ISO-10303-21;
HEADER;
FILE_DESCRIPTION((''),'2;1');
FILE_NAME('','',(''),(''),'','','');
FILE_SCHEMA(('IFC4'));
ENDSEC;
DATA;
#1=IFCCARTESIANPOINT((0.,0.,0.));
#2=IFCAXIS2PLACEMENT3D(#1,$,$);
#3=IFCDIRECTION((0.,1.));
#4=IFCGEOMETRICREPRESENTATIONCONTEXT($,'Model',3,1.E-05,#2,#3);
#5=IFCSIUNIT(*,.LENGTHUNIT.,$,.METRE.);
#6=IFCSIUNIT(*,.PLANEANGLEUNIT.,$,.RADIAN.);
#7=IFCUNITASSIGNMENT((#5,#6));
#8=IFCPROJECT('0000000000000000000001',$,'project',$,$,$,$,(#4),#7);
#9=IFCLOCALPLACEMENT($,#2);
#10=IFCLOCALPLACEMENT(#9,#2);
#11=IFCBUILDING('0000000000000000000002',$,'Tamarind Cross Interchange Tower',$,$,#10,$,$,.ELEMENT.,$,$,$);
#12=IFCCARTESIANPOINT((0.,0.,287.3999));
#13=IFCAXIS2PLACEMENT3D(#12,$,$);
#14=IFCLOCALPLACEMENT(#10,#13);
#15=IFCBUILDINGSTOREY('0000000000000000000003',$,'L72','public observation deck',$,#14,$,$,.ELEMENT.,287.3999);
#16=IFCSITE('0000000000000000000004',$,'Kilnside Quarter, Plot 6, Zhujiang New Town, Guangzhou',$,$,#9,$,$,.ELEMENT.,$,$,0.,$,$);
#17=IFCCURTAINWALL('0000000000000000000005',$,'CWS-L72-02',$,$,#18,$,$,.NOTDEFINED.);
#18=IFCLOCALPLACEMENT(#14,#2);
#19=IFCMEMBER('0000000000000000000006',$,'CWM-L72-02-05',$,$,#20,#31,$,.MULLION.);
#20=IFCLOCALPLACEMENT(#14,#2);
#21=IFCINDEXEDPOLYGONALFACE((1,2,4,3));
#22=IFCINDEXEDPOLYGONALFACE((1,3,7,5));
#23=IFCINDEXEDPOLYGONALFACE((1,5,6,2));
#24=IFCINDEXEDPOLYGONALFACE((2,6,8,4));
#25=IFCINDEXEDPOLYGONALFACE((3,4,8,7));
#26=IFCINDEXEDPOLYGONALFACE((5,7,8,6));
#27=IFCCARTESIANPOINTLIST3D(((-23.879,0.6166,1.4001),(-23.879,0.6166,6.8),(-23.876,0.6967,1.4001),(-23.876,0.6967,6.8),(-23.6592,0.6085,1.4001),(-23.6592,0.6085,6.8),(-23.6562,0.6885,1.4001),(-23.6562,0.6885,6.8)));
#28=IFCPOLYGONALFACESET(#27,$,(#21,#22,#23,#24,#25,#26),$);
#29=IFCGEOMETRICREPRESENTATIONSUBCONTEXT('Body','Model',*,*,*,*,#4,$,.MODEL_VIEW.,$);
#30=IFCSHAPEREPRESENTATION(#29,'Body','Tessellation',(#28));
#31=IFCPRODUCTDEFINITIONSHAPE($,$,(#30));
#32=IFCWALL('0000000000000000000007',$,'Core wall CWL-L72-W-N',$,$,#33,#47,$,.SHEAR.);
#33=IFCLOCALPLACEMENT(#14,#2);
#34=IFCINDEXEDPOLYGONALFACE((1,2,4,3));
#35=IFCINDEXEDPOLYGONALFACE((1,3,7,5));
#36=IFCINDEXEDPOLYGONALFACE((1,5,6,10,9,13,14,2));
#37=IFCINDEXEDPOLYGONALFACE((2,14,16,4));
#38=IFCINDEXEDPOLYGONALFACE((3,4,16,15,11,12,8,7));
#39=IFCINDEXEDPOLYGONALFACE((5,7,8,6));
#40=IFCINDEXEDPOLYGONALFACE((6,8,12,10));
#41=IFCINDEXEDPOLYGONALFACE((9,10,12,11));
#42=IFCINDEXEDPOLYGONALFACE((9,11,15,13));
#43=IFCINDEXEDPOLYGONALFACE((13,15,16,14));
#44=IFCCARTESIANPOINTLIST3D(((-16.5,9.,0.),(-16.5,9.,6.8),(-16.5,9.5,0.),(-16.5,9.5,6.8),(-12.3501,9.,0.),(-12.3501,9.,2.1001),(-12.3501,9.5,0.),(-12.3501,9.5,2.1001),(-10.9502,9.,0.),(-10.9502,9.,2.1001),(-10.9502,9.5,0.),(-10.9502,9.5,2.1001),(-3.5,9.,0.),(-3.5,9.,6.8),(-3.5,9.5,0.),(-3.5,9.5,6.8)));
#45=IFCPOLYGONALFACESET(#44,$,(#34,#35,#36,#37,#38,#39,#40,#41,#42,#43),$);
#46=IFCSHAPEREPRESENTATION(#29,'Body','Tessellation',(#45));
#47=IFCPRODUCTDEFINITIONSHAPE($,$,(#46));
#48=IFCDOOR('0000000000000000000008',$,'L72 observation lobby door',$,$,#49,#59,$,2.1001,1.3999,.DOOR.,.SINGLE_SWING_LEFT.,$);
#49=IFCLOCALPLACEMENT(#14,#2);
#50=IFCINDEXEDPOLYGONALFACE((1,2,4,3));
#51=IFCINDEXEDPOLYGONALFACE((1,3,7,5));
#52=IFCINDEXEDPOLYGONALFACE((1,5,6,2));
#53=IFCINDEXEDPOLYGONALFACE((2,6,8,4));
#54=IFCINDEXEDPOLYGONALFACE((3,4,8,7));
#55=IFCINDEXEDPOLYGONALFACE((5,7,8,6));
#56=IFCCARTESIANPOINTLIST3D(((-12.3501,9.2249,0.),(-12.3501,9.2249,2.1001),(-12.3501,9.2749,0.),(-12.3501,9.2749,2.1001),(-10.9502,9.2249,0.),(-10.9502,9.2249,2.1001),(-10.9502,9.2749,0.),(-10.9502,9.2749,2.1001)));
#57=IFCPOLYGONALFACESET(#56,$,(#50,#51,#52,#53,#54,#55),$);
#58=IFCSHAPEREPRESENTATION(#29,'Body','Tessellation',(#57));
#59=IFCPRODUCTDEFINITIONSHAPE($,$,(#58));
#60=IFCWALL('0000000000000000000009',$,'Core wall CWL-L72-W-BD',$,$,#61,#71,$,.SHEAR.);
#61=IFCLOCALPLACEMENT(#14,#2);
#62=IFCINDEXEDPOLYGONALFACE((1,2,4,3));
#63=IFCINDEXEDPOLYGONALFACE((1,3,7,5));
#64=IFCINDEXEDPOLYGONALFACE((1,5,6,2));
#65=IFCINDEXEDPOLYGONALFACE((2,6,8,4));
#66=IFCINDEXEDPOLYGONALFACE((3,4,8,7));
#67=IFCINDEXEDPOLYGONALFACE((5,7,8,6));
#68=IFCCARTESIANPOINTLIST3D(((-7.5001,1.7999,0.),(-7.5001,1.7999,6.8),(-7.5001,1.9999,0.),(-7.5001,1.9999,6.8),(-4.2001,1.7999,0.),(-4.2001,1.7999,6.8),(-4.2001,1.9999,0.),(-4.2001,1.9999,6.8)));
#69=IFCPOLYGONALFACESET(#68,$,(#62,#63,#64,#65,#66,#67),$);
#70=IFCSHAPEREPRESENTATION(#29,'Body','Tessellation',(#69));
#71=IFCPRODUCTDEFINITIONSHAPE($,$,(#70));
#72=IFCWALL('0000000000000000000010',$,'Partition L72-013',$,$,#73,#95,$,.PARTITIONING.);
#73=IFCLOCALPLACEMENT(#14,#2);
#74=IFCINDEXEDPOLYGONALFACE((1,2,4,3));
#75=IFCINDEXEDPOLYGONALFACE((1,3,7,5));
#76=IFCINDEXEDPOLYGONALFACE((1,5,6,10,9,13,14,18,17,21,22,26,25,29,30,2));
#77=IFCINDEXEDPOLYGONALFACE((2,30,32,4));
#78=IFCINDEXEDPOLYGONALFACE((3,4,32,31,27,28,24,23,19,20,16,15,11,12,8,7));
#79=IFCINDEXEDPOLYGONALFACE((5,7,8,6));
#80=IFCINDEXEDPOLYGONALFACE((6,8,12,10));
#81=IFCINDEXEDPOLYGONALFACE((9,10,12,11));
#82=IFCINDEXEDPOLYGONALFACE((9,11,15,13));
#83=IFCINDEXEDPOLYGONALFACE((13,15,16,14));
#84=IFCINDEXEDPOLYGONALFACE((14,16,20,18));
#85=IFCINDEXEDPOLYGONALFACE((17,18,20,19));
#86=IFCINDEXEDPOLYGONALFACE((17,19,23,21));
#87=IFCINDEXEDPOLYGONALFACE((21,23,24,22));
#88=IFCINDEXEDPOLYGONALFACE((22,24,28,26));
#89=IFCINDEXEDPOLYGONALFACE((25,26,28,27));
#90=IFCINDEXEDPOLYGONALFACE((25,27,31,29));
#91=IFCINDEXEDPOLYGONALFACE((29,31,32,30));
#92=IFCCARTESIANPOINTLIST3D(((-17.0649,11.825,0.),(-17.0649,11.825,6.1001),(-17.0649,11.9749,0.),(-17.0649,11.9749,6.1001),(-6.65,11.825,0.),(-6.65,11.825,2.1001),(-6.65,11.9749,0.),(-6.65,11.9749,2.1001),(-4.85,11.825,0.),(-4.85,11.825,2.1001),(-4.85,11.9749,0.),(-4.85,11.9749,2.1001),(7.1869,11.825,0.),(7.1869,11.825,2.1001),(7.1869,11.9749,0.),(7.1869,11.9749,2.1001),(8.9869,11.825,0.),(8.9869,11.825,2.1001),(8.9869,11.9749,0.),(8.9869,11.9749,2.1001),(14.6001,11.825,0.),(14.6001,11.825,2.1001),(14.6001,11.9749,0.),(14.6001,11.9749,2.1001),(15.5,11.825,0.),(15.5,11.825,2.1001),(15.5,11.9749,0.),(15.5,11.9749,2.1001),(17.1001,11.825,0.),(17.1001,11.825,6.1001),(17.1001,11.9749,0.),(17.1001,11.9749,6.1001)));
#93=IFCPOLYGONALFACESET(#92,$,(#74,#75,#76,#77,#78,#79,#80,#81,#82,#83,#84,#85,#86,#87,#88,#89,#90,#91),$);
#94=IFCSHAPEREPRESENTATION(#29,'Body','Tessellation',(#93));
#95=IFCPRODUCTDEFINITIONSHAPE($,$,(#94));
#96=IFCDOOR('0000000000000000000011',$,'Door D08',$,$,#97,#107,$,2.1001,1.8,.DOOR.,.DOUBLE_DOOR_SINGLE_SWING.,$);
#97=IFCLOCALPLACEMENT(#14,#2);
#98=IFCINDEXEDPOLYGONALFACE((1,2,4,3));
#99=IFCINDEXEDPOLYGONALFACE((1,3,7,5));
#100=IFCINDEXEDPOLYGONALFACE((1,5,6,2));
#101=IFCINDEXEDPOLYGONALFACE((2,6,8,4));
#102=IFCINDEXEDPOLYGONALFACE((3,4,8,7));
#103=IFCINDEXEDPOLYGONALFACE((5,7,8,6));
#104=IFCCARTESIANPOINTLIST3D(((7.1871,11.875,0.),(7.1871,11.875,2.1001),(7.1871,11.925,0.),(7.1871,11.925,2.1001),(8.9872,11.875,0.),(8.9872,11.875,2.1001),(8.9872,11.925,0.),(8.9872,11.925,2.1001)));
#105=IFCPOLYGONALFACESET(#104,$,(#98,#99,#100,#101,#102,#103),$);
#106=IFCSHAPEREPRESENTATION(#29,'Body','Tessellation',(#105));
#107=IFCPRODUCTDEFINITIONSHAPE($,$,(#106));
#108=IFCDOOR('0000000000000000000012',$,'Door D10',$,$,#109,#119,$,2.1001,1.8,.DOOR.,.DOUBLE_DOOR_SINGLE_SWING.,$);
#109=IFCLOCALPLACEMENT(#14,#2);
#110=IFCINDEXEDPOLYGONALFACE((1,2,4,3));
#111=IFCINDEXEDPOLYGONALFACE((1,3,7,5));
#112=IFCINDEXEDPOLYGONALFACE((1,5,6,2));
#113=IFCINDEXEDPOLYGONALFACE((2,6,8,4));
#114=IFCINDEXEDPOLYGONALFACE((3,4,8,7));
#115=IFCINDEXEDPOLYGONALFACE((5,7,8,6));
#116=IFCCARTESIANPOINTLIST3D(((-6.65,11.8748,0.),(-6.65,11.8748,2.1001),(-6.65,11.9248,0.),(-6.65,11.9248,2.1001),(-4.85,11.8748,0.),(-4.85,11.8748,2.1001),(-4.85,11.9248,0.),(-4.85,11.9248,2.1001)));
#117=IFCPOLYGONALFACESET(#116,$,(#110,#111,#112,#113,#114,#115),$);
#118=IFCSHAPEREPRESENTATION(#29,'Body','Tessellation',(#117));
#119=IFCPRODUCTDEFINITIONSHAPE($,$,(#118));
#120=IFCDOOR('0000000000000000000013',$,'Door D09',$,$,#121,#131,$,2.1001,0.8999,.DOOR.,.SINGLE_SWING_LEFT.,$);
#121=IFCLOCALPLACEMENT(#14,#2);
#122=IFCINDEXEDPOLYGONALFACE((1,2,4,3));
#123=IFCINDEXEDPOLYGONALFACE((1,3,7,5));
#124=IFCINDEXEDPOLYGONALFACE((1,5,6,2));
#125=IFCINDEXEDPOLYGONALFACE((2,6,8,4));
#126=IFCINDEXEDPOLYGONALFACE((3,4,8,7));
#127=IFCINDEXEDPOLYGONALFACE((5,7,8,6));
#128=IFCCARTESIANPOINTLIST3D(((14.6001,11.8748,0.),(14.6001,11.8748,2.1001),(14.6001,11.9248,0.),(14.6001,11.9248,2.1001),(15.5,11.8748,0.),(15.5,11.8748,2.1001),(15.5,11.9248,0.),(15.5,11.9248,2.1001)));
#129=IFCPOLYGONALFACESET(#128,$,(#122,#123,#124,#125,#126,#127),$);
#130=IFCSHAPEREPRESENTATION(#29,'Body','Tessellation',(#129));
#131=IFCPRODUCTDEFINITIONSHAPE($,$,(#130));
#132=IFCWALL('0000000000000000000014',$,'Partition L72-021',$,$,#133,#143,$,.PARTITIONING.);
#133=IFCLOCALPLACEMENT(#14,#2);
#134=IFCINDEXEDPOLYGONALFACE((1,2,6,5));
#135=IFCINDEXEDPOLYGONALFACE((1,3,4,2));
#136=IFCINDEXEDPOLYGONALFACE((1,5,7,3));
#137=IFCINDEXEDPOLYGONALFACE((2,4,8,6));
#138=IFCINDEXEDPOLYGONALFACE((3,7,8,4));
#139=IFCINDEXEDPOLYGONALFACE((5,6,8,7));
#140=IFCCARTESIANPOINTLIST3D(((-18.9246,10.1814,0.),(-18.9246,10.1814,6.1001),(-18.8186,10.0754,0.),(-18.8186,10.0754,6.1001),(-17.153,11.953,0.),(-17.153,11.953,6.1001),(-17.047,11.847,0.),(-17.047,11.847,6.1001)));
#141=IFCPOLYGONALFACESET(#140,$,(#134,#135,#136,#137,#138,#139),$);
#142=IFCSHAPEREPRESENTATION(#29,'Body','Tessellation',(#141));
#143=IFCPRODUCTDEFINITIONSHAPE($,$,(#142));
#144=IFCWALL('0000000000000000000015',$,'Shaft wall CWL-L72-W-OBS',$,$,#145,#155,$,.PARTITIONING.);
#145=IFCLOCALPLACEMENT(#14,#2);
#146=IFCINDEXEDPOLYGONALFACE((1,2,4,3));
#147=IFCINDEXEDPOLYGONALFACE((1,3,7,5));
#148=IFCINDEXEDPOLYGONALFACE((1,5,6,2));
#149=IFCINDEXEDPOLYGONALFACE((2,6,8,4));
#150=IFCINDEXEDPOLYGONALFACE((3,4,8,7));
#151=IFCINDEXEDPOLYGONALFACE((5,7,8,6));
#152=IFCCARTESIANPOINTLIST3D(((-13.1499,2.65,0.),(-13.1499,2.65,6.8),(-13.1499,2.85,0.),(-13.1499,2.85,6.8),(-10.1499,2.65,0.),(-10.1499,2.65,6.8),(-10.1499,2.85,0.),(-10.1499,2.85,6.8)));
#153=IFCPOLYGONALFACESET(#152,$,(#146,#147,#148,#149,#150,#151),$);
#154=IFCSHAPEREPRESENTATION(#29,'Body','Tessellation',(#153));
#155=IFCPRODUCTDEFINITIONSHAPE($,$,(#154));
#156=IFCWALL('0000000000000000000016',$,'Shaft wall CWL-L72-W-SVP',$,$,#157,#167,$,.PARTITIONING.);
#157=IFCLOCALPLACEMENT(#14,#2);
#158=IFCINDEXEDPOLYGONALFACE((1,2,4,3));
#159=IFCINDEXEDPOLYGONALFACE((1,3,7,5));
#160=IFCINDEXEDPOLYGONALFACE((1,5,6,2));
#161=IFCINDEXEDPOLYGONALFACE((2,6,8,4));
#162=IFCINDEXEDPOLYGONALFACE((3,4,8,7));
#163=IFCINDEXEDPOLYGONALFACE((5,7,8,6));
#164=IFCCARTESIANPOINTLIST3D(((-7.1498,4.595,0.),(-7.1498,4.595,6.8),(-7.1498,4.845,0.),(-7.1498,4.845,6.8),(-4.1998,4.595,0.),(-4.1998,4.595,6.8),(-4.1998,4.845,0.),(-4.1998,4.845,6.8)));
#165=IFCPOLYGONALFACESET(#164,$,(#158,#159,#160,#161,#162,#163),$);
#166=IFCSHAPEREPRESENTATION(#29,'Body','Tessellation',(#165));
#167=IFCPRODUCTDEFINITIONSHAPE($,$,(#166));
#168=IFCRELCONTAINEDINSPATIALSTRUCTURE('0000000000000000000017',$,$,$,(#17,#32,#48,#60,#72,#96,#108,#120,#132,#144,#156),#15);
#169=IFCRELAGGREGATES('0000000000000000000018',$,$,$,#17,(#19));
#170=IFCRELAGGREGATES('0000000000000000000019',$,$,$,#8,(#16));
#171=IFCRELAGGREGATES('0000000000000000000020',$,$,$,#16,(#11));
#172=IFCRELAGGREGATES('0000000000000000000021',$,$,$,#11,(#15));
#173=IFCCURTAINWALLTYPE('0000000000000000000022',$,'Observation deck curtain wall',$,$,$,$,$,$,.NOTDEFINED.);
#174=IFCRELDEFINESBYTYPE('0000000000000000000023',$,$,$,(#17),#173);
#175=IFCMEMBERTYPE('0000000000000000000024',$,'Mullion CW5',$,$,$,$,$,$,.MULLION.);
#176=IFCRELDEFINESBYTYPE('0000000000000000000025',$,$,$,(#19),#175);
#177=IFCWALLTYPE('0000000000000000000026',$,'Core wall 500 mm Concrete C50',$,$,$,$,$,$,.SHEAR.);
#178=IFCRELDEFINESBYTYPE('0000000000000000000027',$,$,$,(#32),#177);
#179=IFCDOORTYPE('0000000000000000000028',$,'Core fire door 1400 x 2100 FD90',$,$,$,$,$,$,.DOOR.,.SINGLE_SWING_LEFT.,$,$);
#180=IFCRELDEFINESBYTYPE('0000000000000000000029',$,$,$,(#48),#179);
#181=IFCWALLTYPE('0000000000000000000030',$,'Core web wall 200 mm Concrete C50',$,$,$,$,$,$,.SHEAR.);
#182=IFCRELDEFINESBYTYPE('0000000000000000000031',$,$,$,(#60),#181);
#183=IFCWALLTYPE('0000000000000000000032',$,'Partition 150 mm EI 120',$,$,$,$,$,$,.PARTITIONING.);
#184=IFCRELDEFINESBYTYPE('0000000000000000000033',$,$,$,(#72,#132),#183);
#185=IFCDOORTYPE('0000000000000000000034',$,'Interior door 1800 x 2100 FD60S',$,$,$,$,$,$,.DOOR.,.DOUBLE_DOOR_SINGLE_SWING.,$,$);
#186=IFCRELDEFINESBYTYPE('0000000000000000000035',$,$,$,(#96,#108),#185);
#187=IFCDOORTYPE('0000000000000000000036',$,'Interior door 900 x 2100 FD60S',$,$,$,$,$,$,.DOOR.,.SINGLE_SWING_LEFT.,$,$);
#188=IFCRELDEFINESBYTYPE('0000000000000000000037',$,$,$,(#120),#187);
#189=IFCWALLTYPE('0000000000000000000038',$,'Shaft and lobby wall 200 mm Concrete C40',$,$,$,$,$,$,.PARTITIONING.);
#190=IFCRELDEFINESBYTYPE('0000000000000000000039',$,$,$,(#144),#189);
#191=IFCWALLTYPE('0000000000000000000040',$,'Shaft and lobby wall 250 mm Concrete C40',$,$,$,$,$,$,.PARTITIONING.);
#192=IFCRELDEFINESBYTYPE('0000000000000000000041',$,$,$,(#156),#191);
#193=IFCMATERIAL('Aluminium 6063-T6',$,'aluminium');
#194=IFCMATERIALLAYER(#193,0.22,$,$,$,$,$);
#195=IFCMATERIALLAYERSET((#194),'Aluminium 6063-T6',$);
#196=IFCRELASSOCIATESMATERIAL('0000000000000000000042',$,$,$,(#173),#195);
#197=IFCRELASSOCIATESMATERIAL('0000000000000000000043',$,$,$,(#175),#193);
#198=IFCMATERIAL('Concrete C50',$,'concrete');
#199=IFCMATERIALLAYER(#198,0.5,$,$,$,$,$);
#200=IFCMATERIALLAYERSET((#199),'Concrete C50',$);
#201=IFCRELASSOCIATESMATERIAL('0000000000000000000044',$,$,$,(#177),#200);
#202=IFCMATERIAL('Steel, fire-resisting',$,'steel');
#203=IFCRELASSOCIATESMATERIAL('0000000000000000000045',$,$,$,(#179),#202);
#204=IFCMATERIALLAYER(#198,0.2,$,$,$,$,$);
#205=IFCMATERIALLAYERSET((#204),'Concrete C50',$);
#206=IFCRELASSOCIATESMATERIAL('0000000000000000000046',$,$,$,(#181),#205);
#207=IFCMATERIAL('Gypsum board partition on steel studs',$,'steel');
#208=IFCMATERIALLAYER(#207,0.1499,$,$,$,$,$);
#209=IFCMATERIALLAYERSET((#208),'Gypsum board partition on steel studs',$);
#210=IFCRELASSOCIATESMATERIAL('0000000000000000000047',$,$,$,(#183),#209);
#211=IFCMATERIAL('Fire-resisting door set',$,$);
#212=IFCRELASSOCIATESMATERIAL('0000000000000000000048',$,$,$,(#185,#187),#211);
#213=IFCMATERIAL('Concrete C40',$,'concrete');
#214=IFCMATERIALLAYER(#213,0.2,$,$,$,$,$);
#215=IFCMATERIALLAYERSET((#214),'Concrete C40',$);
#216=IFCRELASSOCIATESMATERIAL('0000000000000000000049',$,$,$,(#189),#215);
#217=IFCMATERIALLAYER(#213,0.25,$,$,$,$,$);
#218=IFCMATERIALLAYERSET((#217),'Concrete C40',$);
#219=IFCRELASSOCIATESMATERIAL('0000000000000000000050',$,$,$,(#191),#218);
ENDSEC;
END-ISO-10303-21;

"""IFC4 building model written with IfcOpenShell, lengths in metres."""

from ifc_helpers import new_model, si_unit, direction, frame, frame_2d, origin, origin_2d, place, context, subcontext, project, spatial, rectangle, extrude, material, layer, layer_set, material_profile, profile_set, type_object, element, fill, aggregate, save


model = new_model("IFC4")

# Units and contexts
model_context = context("Model", 3, precision=1e-05, world=origin(), true_north=direction((0.0, 1.0)))
body_context = subcontext(model_context, "Body", "Model", "MODEL_VIEW")
ifc_project = project(units=[si_unit("LENGTHUNIT", "METRE"), si_unit("PLANEANGLEUNIT", "RADIAN")], contexts=[model_context])

# Site, building, storey
site_placement = place(None, origin())
site = spatial("IfcSite", under=ifc_project, at=site_placement, Name="Kilnside Quarter, Plot 6, Zhujiang New Town, Guangzhou", CompositionType="ELEMENT", RefElevation=0.0)
building_placement = place(site_placement, origin())
building = spatial("IfcBuilding", under=site, at=building_placement, Name="Tamarind Cross Interchange Tower", CompositionType="ELEMENT")
storey_placement = place(building_placement, frame((0.0, 0.0, 287.3999)))
storey = spatial("IfcBuildingStorey", under=building, at=storey_placement, Name="L72", Description="public observation deck", CompositionType="ELEMENT", Elevation=287.3999)

# Curtain wall, member
ifc_material_1 = material(Name="Aluminium 6063-T6", Category="aluminium")
ifc_layer_1 = layer(ifc_material_1, 0.22)
ifc_layer_set_1 = layer_set([ifc_layer_1], Name="Aluminium 6063-T6")
curtain_wall_type = type_object("IfcCurtainWallType", Name="Observation deck curtain wall", PredefinedType="NOTDEFINED", material=ifc_layer_set_1)
curtain_wall_placement = place(storey_placement, origin())
curtain_wall = element("IfcCurtainWall", 1, at=curtain_wall_placement, inside=storey, type_object=curtain_wall_type, Name="CWS-L72-02", PredefinedType="NOTDEFINED")
ifc_material_profile_1 = material_profile(ifc_material_1, rectangle(XDim=0.0801, YDim=0.22, at=origin_2d()), Name="Mullion CW5")
ifc_profile_set_1 = profile_set([ifc_material_profile_1], Name="Aluminium 6063-T6")
member_type = type_object("IfcMemberType", Name="Mullion CW5", PredefinedType="MULLION", material=ifc_profile_set_1)
member_1_placement = place(storey_placement, frame((-23.7676, 0.6526, 1.4001), z_axis=(0.0, 0.0, 1.0), x_axis=(-0.037025, -0.999314, 0.0)))
member_1 = element("IfcMember", 2, at=member_1_placement, type_object=member_type, Name="CWM-L72-02-05", PredefinedType="MULLION", context=body_context, shape_type="SweptSolid", body=[
    extrude(rectangle(XDim=0.0801, YDim=0.22, at=origin_2d()), origin(), (0.0, 0.0, 1.0), 5.3999),
])
aggregate(curtain_wall, [member_1])

# Wall, opening, door
ifc_material_2 = material(Name="Concrete C50", Category="concrete")
ifc_layer_2 = layer(ifc_material_2, 0.5)
ifc_layer_set_2 = layer_set([ifc_layer_2], Name="Concrete C50")
wall_type_1 = type_object("IfcWallType", Name="Core wall 500 mm Concrete C50", PredefinedType="SHEAR", material=ifc_layer_set_2)
wall_1_placement = place(storey_placement, frame((-16.5, 9.25, 0.0), z_axis=(0.0, 0.0, 1.0), x_axis=(1.0, 0.0, 0.0)))
wall_1 = element("IfcWall", 3, at=wall_1_placement, inside=storey, type_object=wall_type_1, Name="Core wall CWL-L72-W-N", PredefinedType="SHEAR", context=body_context, shape_type="SweptSolid", body=[
    extrude(rectangle(XDim=13.0, YDim=0.5, at=frame_2d((6.5, 0.0))), origin(), (0.0, 0.0, 1.0), 6.8),
])
opening_1_placement = place(wall_1_placement, frame((4.1499, 0.0, 0.0)))
opening_1 = element("IfcOpeningElement", 4, at=opening_1_placement, cuts=wall_1, PredefinedType="OPENING", context=body_context, shape_type="SweptSolid", body=[
    extrude(rectangle(XDim=1.3999, YDim=2.1001, at=frame_2d((0.7, 1.05))), frame((0.0, 0.26, 0.0), z_axis=(0.0, -1.0, 0.0), x_axis=(1.0, 0.0, 0.0)), (0.0, 0.0, 1.0), 0.52),
])
ifc_material_3 = material(Name="Steel, fire-resisting", Category="steel")
door_type_1 = type_object("IfcDoorType", Name="Core fire door 1400 x 2100 FD90", OperationType="SINGLE_SWING_LEFT", PredefinedType="DOOR", material=ifc_material_3)
door_1_placement = place(opening_1_placement, origin())
door_1 = element("IfcDoor", 5, at=door_1_placement, inside=storey, type_object=door_type_1, Name="L72 observation lobby door", OperationType="SINGLE_SWING_LEFT", OverallHeight=2.1001, OverallWidth=1.3999, PredefinedType="DOOR", context=body_context, shape_type="SweptSolid", body=[
    extrude(rectangle(XDim=1.3999, YDim=2.1001, at=frame_2d((0.7, 1.05))), frame((0.0, 0.0249, 0.0), z_axis=(0.0, -1.0, 0.0), x_axis=(1.0, 0.0, 0.0)), (0.0, 0.0, 1.0), 0.05),
])
fill(opening_1, door_1)

# Wall
ifc_layer_3 = layer(ifc_material_2, 0.2)
ifc_layer_set_3 = layer_set([ifc_layer_3], Name="Concrete C50")
wall_type_2 = type_object("IfcWallType", Name="Core web wall 200 mm Concrete C50", PredefinedType="SHEAR", material=ifc_layer_set_3)
wall_2_placement = place(storey_placement, frame((-7.5, 1.8999, 0.0), z_axis=(0.0, 0.0, 1.0), x_axis=(1.0, 0.0, 0.0)))
element("IfcWall", 6, at=wall_2_placement, inside=storey, type_object=wall_type_2, Name="Core wall CWL-L72-W-BD", PredefinedType="SHEAR", context=body_context, shape_type="SweptSolid", body=[
    extrude(rectangle(XDim=3.3, YDim=0.2, at=frame_2d((1.6499, 0.0))), origin(), (0.0, 0.0, 1.0), 6.8),
])

# Wall, openings, doors
ifc_material_4 = material(Name="Gypsum board partition on steel studs", Category="steel")
ifc_layer_4 = layer(ifc_material_4, 0.1499)
ifc_layer_set_4 = layer_set([ifc_layer_4], Name="Gypsum board partition on steel studs")
wall_type_3 = type_object("IfcWallType", Name="Partition 150 mm EI 120", PredefinedType="PARTITIONING", material=ifc_layer_set_4)
wall_3_placement = place(storey_placement, frame((-17.0649, 11.8999, 0.0), z_axis=(0.0, 0.0, 1.0), x_axis=(1.0, 0.0, 0.0)))
wall_3 = element("IfcWall", 7, at=wall_3_placement, inside=storey, type_object=wall_type_3, Name="Partition L72-013", PredefinedType="PARTITIONING", context=body_context, shape_type="SweptSolid", body=[
    extrude(rectangle(XDim=34.165, YDim=0.1499, at=frame_2d((17.0825, 0.0))), origin(), (0.0, 0.0, 1.0), 6.1001),
])
opening_2_placement = place(wall_3_placement, frame((24.252, 0.0, 0.0)))
opening_2 = element("IfcOpeningElement", 8, at=opening_2_placement, cuts=wall_3, PredefinedType="OPENING", context=body_context, shape_type="SweptSolid", body=[
    extrude(rectangle(XDim=1.8, YDim=2.1001, at=frame_2d((0.8999, 1.05))), frame((0.0, 0.085, 0.0), z_axis=(0.0, -1.0, 0.0), x_axis=(1.0, 0.0, 0.0)), (0.0, 0.0, 1.0), 0.1699),
])
opening_3_placement = place(wall_3_placement, frame((31.665, 0.0, 0.0)))
opening_3 = element("IfcOpeningElement", 9, at=opening_3_placement, cuts=wall_3, PredefinedType="OPENING", context=body_context, shape_type="SweptSolid", body=[
    extrude(rectangle(XDim=0.8999, YDim=2.1001, at=frame_2d((0.45, 1.05))), frame((0.0, 0.085, 0.0), z_axis=(0.0, -1.0, 0.0), x_axis=(1.0, 0.0, 0.0)), (0.0, 0.0, 1.0), 0.1699),
])
opening_4_placement = place(wall_3_placement, frame((10.415, 0.0, 0.0)))
opening_4 = element("IfcOpeningElement", 10, at=opening_4_placement, cuts=wall_3, PredefinedType="OPENING", context=body_context, shape_type="SweptSolid", body=[
    extrude(rectangle(XDim=1.8, YDim=2.1001, at=frame_2d((0.8999, 1.05))), frame((0.0, 0.085, 0.0), z_axis=(0.0, -1.0, 0.0), x_axis=(1.0, 0.0, 0.0)), (0.0, 0.0, 1.0), 0.1699),
])
ifc_material_5 = material(Name="Fire-resisting door set")
door_type_2 = type_object("IfcDoorType", Name="Interior door 1800 x 2100 FD60S", OperationType="DOUBLE_DOOR_SINGLE_SWING", PredefinedType="DOOR", material=ifc_material_5)
door_2_placement = place(opening_2_placement, frame((1.8, 0.0, 0.0), z_axis=(0.0, 0.0, 1.0), x_axis=(-1.0, 0.0, 0.0)))
door_2 = element("IfcDoor", 11, at=door_2_placement, inside=storey, type_object=door_type_2, Name="Door D08", OperationType="DOUBLE_DOOR_SINGLE_SWING", OverallHeight=2.1001, OverallWidth=1.8, PredefinedType="DOOR", context=body_context, shape_type="SweptSolid", body=[
    extrude(rectangle(XDim=1.8, YDim=2.1001, at=frame_2d((0.8999, 1.05))), frame((0.0, 0.0249, 0.0), z_axis=(0.0, -1.0, 0.0), x_axis=(1.0, 0.0, 0.0)), (0.0, 0.0, 1.0), 0.05),
])
fill(opening_2, door_2)
door_3_placement = place(opening_4_placement, origin())
door_3 = element("IfcDoor", 12, at=door_3_placement, inside=storey, type_object=door_type_2, Name="Door D10", OperationType="DOUBLE_DOOR_SINGLE_SWING", OverallHeight=2.1001, OverallWidth=1.8, PredefinedType="DOOR", context=body_context, shape_type="SweptSolid", body=[
    extrude(rectangle(XDim=1.8, YDim=2.1001, at=frame_2d((0.8999, 1.05))), frame((0.0, 0.0249, 0.0), z_axis=(0.0, -1.0, 0.0), x_axis=(1.0, 0.0, 0.0)), (0.0, 0.0, 1.0), 0.05),
])
fill(opening_4, door_3)
door_type_3 = type_object("IfcDoorType", Name="Interior door 900 x 2100 FD60S", OperationType="SINGLE_SWING_LEFT", PredefinedType="DOOR", material=ifc_material_5)
door_4_placement = place(opening_3_placement, origin())
door_4 = element("IfcDoor", 13, at=door_4_placement, inside=storey, type_object=door_type_3, Name="Door D09", OperationType="SINGLE_SWING_LEFT", OverallHeight=2.1001, OverallWidth=0.8999, PredefinedType="DOOR", context=body_context, shape_type="SweptSolid", body=[
    extrude(rectangle(XDim=0.8999, YDim=2.1001, at=frame_2d((0.45, 1.05))), frame((0.0, 0.0249, 0.0), z_axis=(0.0, -1.0, 0.0), x_axis=(1.0, 0.0, 0.0)), (0.0, 0.0, 1.0), 0.05),
])
fill(opening_3, door_4)

# Walls
wall_4_placement = place(storey_placement, frame((-18.8716, 10.1284, 0.0), z_axis=(0.0, 0.0, 1.0), x_axis=(0.707107, 0.707107, 0.0)))
element("IfcWall", 14, at=wall_4_placement, inside=storey, type_object=wall_type_3, Name="Partition L72-021", PredefinedType="PARTITIONING", context=body_context, shape_type="SweptSolid", body=[
    extrude(rectangle(XDim=2.5054, YDim=0.1499, at=frame_2d((1.2527, 0.0))), origin(), (0.0, 0.0, 1.0), 6.1001),
])
ifc_material_6 = material(Name="Concrete C40", Category="concrete")
ifc_layer_5 = layer(ifc_material_6, 0.2)
ifc_layer_set_5 = layer_set([ifc_layer_5], Name="Concrete C40")
wall_type_4 = type_object("IfcWallType", Name="Shaft and lobby wall 200 mm Concrete C40", PredefinedType="PARTITIONING", material=ifc_layer_set_5)
wall_5_placement = place(storey_placement, frame((-13.1499, 2.75, 0.0), z_axis=(0.0, 0.0, 1.0), x_axis=(1.0, 0.0, 0.0)))
element("IfcWall", 15, at=wall_5_placement, inside=storey, type_object=wall_type_4, Name="Shaft wall CWL-L72-W-OBS", PredefinedType="PARTITIONING", context=body_context, shape_type="SweptSolid", body=[
    extrude(rectangle(XDim=3.0, YDim=0.2, at=frame_2d((1.5, 0.0))), origin(), (0.0, 0.0, 1.0), 6.8),
])
ifc_layer_6 = layer(ifc_material_6, 0.25)
ifc_layer_set_6 = layer_set([ifc_layer_6], Name="Concrete C40")
wall_type_5 = type_object("IfcWallType", Name="Shaft and lobby wall 250 mm Concrete C40", PredefinedType="PARTITIONING", material=ifc_layer_set_6)
wall_6_placement = place(storey_placement, frame((-7.1499, 4.72, 0.0), z_axis=(0.0, 0.0, 1.0), x_axis=(1.0, 0.0, 0.0)))
element("IfcWall", 16, at=wall_6_placement, inside=storey, type_object=wall_type_5, Name="Shaft wall CWL-L72-W-SVP", PredefinedType="PARTITIONING", context=body_context, shape_type="SweptSolid", body=[
    extrude(rectangle(XDim=2.95, YDim=0.25, at=frame_2d((1.4751, 0.0))), origin(), (0.0, 0.0, 1.0), 6.8),
])

save(model, "model.ifc")
